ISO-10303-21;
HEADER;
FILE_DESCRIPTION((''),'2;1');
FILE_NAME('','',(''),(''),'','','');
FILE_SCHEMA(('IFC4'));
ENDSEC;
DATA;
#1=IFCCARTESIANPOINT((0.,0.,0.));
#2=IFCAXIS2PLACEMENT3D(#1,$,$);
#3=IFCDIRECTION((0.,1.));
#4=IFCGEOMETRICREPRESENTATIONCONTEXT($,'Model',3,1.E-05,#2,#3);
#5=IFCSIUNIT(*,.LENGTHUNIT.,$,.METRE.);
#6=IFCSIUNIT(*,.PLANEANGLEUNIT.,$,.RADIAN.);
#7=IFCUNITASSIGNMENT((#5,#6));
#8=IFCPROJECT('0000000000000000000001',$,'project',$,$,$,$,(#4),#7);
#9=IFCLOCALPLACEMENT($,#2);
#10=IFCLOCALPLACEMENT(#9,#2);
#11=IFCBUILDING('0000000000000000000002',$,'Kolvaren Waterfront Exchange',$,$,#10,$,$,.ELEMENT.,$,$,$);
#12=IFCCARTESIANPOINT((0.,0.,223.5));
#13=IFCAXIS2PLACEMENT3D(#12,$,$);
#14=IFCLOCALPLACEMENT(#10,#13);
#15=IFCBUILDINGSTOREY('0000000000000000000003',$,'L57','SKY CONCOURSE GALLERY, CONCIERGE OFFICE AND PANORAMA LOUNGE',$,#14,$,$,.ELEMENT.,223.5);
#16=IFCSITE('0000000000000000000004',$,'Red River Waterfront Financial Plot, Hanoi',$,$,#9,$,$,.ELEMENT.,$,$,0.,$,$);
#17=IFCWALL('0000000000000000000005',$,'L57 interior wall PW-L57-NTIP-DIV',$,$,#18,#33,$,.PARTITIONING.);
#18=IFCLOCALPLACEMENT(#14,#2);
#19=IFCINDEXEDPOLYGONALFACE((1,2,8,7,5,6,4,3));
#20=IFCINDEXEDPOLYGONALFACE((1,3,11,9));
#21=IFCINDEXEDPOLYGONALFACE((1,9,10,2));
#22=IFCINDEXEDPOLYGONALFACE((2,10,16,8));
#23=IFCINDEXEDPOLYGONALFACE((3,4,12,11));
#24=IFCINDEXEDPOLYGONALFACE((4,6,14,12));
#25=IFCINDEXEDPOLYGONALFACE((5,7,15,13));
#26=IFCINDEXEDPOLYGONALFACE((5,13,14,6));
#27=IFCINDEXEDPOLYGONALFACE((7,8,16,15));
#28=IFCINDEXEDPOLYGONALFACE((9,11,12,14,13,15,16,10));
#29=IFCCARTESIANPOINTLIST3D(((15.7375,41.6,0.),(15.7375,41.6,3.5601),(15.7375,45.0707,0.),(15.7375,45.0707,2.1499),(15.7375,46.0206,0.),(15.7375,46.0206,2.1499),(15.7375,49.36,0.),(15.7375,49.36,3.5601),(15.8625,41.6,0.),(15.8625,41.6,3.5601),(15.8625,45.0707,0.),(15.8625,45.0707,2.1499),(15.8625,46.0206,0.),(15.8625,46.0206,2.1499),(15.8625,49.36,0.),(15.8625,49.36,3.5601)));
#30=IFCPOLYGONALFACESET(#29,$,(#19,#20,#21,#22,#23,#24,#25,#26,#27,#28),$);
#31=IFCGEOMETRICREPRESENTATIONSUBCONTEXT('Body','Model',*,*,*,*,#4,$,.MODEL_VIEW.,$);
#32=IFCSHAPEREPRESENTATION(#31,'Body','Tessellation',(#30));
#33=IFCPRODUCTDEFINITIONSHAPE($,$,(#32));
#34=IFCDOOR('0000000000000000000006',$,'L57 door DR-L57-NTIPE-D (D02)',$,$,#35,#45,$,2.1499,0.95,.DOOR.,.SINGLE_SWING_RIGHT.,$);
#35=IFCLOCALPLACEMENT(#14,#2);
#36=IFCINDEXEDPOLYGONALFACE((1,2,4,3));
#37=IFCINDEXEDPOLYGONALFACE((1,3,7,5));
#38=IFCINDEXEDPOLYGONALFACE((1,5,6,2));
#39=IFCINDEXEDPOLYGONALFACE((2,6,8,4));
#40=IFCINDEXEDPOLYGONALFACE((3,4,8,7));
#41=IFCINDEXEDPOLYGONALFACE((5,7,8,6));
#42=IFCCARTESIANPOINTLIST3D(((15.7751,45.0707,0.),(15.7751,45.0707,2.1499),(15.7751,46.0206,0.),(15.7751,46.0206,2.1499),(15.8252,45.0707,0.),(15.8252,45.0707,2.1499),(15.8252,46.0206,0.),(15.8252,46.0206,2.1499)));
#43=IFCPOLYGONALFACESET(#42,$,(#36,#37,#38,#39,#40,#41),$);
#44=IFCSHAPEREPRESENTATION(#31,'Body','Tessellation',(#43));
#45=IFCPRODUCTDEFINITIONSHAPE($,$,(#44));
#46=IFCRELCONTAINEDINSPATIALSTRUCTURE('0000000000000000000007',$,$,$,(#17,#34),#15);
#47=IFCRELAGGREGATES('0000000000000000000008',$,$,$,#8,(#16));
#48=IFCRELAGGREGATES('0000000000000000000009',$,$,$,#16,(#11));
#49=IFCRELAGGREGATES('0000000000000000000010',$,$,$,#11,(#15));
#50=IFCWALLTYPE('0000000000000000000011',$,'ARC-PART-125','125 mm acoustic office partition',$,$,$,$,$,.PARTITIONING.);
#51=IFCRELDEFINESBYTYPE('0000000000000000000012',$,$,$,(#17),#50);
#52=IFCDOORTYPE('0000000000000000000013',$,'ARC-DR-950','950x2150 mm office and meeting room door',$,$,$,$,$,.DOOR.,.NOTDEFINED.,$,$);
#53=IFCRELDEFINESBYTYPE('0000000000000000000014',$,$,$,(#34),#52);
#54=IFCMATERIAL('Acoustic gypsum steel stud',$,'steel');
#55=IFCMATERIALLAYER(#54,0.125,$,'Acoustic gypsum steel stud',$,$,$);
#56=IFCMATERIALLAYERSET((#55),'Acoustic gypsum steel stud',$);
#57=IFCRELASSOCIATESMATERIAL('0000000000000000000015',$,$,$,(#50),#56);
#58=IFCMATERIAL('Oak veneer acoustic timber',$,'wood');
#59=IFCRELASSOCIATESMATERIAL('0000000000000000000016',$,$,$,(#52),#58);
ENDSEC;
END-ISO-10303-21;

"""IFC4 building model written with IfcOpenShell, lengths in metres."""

from ifc_helpers import new_model, si_unit, direction, frame, frame_2d, origin, place, context, subcontext, project, spatial, rectangle, extrude, material, layer, layer_set, type_object, element, fill, save


model = new_model("IFC4")

# Units and contexts
model_context = context("Model", 3, precision=1e-05, world=origin(), true_north=direction((0.0, 1.0)))
body_context = subcontext(model_context, "Body", "Model", "MODEL_VIEW")
ifc_project = project(units=[si_unit("LENGTHUNIT", "METRE"), si_unit("PLANEANGLEUNIT", "RADIAN")], contexts=[model_context])

# Site, building, storey
site_placement = place(None, origin())
site = spatial("IfcSite", under=ifc_project, at=site_placement, Name="Red River Waterfront Financial Plot, Hanoi", CompositionType="ELEMENT", RefElevation=0.0)
building_placement = place(site_placement, origin())
building = spatial("IfcBuilding", under=site, at=building_placement, Name="Kolvaren Waterfront Exchange", CompositionType="ELEMENT")
storey_placement = place(building_placement, frame((0.0, 0.0, 223.5)))
storey = spatial("IfcBuildingStorey", under=building, at=storey_placement, Name="L57", Description="SKY CONCOURSE GALLERY, CONCIERGE OFFICE AND PANORAMA LOUNGE", CompositionType="ELEMENT", Elevation=223.5)

# Wall, opening, door
ifc_material_1 = material(Name="Acoustic gypsum steel stud", Category="steel")
ifc_layer_1 = layer(ifc_material_1, 0.125, Name="Acoustic gypsum steel stud")
ifc_layer_set_1 = layer_set([ifc_layer_1], Name="Acoustic gypsum steel stud")
wall_type_1 = type_object("IfcWallType", Name="ARC-PART-125", Description="125 mm acoustic office partition", PredefinedType="PARTITIONING", material=ifc_layer_set_1)
wall_1_placement = place(storey_placement, frame((15.8, 41.6001, 0.0), z_axis=(0.0, 0.0, 1.0), x_axis=(0.0, 1.0, 0.0)))
wall_1 = element("IfcWall", 1, at=wall_1_placement, inside=storey, type_object=wall_type_1, Name="L57 interior wall PW-L57-NTIP-DIV", PredefinedType="PARTITIONING", context=body_context, shape_type="SweptSolid", body=[
    extrude(rectangle(XDim=7.76, YDim=0.125, at=frame_2d((3.8799, 0.0))), origin(), (0.0, 0.0, 1.0), 3.5601),
])
opening_1_placement = place(wall_1_placement, frame((3.4705, 0.0, 0.0)))
opening_1 = element("IfcOpeningElement", 2, at=opening_1_placement, cuts=wall_1, PredefinedType="OPENING", context=body_context, shape_type="SweptSolid", body=[
    extrude(rectangle(XDim=0.95, YDim=2.1499, at=frame_2d((0.4751, 1.075))), frame((0.0, 0.0725, 0.0), z_axis=(0.0, -1.0, 0.0), x_axis=(1.0, 0.0, 0.0)), (0.0, 0.0, 1.0), 0.145),
])
ifc_material_2 = material(Name="Oak veneer acoustic timber", Category="wood")
door_type_1 = type_object("IfcDoorType", Name="ARC-DR-950", Description="950x2150 mm office and meeting room door", OperationType="NOTDEFINED", PredefinedType="DOOR", material=ifc_material_2)
door_1_placement = place(opening_1_placement, origin())
door_1 = element("IfcDoor", 3, at=door_1_placement, inside=storey, type_object=door_type_1, Name="L57 door DR-L57-NTIPE-D (D02)", OperationType="SINGLE_SWING_RIGHT", OverallHeight=2.1499, OverallWidth=0.95, PredefinedType="DOOR", context=body_context, shape_type="SweptSolid", body=[
    extrude(rectangle(XDim=0.95, YDim=2.1499, at=frame_2d((0.4751, 1.075))), frame((0.0, 0.0249, 0.0), z_axis=(0.0, -1.0, 0.0), x_axis=(1.0, 0.0, 0.0)), (0.0, 0.0, 1.0), 0.05),
])
fill(opening_1, door_1)

save(model, "model.ifc")
